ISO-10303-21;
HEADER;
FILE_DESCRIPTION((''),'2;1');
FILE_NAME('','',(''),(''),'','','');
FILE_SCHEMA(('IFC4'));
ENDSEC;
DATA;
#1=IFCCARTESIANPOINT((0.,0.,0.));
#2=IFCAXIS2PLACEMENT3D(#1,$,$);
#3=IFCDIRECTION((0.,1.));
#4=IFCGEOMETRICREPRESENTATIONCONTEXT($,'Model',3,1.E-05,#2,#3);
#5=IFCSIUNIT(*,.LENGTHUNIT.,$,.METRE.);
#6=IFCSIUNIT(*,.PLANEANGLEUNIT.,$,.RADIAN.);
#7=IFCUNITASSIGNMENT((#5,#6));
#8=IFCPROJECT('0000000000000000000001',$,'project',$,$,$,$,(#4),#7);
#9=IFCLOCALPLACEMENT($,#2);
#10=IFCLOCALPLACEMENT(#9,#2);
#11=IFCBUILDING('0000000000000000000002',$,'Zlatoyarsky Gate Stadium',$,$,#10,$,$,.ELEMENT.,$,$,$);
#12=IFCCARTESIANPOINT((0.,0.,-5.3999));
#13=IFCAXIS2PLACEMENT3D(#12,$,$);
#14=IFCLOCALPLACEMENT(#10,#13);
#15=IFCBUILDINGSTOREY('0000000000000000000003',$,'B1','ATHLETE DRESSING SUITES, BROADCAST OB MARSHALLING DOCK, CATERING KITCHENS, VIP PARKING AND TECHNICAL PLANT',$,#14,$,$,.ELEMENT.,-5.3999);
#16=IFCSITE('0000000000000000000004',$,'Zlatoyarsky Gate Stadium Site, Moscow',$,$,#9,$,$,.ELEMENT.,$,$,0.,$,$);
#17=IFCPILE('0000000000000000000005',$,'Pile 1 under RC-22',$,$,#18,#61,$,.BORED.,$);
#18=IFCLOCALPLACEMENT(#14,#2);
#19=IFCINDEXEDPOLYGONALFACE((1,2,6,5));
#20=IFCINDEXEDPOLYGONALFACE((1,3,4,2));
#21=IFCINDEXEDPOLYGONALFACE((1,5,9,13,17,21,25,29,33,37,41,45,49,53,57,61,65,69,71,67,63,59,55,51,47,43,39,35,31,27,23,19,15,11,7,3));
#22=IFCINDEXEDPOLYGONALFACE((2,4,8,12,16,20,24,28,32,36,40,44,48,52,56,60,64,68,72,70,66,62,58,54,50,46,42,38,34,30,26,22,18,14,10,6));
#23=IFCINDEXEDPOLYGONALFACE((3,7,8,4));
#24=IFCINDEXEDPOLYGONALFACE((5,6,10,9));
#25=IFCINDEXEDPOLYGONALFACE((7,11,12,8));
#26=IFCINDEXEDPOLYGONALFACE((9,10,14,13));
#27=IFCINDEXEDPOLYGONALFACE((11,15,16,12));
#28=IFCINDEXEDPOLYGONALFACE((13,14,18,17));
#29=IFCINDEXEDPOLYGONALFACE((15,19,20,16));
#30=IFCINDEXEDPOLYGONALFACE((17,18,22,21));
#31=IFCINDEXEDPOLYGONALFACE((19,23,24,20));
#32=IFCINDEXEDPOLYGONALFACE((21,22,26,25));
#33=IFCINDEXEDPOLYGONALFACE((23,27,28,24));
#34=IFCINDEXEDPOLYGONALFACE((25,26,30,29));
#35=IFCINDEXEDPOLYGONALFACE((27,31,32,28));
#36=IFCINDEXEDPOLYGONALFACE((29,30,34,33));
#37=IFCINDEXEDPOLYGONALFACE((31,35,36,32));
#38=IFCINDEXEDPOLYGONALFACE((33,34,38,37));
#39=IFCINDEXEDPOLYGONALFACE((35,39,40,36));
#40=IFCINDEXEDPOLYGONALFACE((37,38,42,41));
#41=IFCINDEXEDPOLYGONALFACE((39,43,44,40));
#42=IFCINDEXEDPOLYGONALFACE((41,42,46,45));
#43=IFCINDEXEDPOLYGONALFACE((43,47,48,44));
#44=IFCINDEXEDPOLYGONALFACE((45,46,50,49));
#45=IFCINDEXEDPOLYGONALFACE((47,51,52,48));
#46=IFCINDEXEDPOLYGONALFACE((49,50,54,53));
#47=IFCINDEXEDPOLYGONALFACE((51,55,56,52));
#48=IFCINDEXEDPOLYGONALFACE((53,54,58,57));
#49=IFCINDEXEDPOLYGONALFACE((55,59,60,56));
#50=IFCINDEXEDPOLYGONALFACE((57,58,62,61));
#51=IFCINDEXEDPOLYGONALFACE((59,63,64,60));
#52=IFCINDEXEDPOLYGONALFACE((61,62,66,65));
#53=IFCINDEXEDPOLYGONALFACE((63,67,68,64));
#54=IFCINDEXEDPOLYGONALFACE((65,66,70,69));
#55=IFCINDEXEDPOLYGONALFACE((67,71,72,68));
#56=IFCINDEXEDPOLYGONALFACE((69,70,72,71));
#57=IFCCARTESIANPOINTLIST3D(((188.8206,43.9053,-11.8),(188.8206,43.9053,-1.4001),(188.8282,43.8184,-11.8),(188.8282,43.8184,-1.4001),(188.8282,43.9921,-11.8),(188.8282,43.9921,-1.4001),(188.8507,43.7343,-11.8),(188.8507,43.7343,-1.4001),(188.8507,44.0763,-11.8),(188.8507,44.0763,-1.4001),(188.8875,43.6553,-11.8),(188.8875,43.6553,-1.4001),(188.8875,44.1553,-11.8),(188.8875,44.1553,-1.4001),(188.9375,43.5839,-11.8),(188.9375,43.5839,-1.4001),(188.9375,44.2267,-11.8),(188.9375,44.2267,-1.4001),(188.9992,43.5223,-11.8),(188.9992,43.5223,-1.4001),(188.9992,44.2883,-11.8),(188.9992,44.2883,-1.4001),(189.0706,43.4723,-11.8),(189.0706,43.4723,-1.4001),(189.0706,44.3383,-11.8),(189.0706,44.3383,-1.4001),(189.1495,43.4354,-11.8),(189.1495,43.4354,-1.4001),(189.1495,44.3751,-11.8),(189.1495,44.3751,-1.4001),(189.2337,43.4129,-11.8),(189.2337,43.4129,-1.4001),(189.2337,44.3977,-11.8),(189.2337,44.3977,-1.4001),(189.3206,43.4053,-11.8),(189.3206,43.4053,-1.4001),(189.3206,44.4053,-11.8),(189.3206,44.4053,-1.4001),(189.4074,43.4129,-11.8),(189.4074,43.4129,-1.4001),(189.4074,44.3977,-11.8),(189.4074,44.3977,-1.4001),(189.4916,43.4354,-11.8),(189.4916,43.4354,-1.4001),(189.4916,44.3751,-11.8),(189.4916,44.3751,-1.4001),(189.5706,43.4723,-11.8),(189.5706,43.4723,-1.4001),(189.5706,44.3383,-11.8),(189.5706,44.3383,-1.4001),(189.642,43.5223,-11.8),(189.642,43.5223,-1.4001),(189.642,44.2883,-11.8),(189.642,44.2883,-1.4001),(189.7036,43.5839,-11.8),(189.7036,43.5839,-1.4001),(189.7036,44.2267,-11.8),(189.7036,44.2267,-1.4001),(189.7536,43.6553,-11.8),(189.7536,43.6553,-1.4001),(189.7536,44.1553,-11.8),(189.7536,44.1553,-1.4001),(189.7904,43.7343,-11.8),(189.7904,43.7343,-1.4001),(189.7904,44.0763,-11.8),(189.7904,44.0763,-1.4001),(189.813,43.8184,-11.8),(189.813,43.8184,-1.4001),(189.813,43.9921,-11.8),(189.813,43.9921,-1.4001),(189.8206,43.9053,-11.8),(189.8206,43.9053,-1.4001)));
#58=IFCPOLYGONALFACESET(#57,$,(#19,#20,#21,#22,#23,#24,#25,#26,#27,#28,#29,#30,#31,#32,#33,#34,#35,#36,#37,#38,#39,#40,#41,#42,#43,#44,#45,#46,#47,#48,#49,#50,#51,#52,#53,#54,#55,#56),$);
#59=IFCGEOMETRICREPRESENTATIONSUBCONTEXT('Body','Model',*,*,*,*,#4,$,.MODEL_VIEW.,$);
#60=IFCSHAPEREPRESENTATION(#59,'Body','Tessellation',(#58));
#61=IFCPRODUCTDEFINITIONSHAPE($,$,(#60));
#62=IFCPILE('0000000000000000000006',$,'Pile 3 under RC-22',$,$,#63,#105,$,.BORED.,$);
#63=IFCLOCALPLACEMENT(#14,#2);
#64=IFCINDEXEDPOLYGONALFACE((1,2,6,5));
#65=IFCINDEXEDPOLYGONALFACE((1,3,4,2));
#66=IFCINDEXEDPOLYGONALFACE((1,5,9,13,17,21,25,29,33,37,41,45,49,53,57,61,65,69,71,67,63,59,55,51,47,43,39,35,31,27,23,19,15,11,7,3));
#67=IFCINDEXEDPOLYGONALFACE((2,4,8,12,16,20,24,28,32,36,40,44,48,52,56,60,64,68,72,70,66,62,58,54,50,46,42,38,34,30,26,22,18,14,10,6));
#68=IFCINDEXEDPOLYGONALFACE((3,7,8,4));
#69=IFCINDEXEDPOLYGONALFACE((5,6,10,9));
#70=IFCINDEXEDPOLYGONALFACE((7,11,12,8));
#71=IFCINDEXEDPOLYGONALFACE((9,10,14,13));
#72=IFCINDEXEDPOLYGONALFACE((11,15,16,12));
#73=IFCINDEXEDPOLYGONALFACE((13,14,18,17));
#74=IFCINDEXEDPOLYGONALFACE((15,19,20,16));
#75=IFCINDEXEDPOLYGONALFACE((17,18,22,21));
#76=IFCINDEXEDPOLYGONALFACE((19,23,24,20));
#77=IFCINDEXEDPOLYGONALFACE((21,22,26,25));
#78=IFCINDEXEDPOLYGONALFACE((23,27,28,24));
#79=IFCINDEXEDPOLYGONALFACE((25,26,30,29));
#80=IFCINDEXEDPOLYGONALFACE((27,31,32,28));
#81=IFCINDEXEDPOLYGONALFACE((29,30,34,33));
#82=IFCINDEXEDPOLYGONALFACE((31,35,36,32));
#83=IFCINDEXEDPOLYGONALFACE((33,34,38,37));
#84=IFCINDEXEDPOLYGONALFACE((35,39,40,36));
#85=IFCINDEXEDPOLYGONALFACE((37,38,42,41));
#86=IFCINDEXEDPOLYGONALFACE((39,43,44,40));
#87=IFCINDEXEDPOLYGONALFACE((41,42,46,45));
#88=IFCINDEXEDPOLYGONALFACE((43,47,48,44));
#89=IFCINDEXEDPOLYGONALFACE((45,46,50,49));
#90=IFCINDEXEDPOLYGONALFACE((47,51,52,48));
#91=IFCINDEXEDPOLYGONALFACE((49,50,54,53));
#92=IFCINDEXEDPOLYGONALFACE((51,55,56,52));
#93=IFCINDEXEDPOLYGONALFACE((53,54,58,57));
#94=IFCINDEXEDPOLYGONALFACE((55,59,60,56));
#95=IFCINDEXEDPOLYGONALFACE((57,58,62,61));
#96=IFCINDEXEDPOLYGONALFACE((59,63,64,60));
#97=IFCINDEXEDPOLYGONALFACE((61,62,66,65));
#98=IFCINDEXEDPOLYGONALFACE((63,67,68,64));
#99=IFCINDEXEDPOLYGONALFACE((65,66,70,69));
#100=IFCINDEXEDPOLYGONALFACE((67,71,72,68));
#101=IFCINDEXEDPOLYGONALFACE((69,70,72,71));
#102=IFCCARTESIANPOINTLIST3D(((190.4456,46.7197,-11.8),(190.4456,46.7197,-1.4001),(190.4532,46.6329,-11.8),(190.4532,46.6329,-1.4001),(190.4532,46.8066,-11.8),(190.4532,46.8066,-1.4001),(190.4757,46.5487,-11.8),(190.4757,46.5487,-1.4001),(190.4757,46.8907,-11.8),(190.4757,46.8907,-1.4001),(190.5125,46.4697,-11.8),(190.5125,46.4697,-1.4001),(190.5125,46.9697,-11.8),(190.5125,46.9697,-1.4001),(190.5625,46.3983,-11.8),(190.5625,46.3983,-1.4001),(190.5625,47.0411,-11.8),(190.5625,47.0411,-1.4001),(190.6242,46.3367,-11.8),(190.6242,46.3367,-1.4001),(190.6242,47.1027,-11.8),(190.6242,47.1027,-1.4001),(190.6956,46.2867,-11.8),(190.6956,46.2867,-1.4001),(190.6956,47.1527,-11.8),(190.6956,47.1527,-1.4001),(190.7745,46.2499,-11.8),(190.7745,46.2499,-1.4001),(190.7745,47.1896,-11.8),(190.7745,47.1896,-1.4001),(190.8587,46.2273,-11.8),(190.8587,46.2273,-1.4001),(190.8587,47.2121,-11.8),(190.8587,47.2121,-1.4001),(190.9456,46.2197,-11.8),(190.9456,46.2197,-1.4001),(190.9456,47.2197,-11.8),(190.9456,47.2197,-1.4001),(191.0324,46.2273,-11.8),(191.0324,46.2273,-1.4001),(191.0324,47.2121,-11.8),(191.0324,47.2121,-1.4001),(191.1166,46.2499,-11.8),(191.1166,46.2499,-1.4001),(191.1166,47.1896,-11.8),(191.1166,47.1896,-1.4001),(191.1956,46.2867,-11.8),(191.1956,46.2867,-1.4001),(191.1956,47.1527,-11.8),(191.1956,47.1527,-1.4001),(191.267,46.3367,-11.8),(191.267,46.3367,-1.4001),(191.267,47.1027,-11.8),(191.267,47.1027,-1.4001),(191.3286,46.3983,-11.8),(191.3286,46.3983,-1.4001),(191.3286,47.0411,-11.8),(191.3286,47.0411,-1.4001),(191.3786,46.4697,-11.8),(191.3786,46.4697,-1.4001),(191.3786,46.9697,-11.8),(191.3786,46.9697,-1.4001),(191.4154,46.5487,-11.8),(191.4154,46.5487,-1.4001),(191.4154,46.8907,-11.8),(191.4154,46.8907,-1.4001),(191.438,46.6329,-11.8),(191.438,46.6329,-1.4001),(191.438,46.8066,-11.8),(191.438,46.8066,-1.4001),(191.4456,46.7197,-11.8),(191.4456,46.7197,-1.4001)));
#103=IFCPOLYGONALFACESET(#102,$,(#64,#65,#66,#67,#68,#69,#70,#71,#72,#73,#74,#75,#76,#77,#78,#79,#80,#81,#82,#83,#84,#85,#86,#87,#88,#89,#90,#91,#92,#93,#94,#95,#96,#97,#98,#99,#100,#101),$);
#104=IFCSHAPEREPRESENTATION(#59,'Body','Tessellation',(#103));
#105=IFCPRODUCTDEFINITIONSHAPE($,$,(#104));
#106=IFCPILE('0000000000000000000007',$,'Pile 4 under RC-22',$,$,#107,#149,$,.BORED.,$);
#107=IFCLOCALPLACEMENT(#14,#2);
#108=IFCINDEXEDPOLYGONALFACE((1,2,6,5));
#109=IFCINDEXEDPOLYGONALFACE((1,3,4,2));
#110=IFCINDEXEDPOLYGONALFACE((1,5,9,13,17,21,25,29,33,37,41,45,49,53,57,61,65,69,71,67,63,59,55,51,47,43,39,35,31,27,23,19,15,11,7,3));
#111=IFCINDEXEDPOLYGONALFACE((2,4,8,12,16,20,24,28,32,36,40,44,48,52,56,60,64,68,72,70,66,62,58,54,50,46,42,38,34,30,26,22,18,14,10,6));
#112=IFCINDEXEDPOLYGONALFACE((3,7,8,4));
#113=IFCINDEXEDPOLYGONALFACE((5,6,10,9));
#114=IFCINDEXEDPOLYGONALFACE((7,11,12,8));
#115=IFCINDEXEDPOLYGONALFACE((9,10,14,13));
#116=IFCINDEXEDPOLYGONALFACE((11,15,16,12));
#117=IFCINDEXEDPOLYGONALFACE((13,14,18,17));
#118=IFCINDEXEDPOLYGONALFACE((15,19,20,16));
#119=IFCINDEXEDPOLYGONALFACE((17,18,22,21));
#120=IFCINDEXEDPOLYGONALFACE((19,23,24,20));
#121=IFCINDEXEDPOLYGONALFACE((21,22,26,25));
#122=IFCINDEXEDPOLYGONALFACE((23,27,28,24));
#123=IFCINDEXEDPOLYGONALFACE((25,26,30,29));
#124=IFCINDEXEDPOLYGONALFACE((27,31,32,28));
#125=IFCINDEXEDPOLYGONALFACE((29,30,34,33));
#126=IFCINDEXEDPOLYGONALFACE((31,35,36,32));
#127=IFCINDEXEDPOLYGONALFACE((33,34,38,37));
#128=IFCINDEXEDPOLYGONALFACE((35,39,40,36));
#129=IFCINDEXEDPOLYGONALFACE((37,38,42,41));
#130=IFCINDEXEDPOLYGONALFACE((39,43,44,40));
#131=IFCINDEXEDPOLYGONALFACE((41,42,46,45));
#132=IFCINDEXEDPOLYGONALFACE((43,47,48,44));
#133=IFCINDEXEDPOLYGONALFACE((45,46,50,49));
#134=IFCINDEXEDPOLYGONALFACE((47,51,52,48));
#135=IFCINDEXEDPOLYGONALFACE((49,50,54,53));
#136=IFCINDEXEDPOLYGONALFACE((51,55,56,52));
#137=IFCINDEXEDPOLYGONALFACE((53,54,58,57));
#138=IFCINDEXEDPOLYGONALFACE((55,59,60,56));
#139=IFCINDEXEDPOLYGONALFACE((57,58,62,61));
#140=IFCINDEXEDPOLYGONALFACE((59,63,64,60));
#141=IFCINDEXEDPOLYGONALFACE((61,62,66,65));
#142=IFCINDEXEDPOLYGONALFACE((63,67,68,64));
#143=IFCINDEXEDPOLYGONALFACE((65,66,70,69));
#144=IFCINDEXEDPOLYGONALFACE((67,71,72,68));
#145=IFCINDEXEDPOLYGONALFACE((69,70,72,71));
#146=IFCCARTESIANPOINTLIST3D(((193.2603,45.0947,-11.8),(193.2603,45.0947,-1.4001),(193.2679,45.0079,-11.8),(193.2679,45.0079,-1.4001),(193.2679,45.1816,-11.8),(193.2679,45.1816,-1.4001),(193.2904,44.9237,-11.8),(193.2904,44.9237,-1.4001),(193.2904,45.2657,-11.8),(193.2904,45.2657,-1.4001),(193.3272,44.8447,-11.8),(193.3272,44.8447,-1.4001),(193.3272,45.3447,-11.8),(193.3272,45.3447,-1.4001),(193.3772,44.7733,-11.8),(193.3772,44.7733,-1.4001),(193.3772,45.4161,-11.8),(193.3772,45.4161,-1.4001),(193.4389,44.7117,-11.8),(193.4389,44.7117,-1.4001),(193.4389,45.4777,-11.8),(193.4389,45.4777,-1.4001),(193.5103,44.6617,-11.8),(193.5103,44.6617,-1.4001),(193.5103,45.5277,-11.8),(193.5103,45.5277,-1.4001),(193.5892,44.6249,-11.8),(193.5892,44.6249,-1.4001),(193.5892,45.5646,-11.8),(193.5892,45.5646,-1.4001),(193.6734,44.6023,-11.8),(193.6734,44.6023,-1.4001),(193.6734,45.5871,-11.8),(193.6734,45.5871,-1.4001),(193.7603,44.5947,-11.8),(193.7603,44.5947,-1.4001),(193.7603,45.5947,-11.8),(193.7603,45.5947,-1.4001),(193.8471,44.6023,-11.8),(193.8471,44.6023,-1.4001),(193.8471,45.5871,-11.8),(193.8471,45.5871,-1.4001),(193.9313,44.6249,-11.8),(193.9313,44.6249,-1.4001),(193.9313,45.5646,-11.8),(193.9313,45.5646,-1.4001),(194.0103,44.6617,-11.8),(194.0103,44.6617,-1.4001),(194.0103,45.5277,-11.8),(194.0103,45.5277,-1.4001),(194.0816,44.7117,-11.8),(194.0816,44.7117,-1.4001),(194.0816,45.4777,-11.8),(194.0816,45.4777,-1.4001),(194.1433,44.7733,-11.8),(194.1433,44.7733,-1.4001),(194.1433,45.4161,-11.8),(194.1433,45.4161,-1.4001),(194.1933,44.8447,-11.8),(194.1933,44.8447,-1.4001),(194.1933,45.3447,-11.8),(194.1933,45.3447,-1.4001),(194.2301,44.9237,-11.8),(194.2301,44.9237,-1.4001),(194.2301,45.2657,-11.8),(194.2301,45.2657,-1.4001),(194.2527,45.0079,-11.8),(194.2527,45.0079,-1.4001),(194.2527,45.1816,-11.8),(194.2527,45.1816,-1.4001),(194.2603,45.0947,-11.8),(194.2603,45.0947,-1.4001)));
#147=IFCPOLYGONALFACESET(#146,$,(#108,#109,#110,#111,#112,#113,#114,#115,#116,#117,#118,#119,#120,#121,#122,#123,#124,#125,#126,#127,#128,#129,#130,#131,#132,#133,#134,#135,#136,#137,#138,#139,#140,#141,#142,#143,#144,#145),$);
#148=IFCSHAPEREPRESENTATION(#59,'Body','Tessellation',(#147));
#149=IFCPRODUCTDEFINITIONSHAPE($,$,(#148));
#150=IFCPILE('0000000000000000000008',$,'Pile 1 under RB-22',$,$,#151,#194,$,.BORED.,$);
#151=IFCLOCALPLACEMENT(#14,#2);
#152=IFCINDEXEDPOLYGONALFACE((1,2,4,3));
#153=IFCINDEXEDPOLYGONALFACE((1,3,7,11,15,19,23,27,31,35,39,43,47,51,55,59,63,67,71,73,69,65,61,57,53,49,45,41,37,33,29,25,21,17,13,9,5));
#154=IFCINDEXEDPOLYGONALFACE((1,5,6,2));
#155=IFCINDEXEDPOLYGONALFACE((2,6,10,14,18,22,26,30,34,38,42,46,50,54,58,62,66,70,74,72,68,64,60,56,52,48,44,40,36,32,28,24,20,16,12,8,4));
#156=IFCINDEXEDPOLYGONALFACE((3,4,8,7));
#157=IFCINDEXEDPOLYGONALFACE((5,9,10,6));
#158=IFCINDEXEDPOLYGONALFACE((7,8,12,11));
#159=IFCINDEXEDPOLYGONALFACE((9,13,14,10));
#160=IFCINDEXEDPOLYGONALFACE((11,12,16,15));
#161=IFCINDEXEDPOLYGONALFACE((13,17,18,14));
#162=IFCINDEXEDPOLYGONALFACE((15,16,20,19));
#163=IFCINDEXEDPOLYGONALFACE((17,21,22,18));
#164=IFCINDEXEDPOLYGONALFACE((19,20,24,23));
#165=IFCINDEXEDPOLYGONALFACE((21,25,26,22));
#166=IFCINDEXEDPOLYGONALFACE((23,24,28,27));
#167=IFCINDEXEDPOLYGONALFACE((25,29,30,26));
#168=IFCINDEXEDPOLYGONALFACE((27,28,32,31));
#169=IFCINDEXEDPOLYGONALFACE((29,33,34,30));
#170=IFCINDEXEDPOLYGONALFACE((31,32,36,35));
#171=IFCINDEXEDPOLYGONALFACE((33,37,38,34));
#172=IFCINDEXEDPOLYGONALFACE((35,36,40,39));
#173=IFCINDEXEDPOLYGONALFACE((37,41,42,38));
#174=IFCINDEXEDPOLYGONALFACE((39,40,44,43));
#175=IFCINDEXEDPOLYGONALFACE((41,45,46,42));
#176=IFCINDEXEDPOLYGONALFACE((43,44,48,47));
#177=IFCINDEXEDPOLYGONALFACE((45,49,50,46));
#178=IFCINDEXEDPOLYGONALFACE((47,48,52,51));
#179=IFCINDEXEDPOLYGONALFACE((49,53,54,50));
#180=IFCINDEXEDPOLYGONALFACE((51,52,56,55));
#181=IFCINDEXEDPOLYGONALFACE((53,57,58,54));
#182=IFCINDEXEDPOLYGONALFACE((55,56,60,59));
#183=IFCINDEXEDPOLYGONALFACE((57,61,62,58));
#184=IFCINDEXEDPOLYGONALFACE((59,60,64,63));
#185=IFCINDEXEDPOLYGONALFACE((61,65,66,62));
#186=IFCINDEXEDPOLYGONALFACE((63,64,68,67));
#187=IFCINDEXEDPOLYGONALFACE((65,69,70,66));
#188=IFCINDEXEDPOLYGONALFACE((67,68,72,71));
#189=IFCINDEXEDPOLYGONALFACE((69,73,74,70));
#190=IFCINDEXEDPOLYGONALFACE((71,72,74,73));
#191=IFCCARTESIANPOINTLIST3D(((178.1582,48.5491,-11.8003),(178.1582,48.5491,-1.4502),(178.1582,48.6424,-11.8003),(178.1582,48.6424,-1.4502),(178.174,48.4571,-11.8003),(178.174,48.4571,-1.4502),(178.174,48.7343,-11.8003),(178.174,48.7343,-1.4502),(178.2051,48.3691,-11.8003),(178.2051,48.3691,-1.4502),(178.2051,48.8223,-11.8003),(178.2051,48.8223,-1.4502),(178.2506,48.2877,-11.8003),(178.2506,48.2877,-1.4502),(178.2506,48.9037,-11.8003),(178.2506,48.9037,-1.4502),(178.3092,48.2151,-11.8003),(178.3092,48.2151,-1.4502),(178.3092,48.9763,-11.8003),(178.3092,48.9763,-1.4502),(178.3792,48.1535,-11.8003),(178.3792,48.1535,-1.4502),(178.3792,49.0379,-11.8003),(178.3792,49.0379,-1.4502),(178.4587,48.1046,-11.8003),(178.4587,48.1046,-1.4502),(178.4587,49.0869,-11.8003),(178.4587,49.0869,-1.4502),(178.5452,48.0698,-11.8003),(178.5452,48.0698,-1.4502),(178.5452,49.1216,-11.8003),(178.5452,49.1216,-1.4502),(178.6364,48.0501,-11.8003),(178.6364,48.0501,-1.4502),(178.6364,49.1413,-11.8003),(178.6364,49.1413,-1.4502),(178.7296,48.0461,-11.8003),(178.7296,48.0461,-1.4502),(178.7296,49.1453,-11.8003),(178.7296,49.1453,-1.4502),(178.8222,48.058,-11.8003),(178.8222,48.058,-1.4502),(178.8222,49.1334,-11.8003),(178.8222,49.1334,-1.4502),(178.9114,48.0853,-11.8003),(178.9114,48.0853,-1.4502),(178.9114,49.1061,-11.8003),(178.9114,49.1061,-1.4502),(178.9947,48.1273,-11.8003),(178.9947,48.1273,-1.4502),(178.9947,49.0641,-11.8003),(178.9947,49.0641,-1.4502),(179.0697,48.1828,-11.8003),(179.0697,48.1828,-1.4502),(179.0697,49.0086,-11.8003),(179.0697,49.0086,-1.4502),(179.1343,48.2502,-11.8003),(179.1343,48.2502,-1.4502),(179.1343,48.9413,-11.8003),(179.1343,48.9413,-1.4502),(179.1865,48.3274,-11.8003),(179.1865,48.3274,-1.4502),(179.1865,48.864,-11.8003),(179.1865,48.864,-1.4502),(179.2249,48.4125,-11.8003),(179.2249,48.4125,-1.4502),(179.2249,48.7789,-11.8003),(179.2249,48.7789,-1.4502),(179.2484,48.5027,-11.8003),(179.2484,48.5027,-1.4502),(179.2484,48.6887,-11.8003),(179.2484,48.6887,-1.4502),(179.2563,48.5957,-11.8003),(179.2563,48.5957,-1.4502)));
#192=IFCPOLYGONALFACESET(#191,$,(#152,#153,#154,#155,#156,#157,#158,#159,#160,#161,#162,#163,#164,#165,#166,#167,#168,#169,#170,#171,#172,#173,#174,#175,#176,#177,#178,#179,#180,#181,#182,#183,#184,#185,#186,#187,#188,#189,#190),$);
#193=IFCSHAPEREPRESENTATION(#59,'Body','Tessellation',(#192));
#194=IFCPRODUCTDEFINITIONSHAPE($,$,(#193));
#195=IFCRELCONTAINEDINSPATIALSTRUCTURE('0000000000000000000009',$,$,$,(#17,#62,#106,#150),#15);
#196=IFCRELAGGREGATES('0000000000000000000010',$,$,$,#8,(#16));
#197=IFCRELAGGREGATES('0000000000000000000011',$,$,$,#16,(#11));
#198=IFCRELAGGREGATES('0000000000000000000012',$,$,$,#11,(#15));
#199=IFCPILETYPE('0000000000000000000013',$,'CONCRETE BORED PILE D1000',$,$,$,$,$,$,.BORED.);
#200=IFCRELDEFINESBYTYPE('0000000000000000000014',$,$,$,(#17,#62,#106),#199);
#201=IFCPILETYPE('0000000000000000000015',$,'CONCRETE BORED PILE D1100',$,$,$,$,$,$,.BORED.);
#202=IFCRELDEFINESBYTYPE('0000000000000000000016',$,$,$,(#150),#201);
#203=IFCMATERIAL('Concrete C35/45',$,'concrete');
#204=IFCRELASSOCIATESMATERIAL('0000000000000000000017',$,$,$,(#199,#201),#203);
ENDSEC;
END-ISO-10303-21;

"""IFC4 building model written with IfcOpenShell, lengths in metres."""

from ifc_helpers import new_model, si_unit, direction, frame, origin, origin_2d, place, context, subcontext, project, spatial, circle, extrude, material, material_profile, profile_set, type_object, element, save


model = new_model("IFC4")

# Units and contexts
model_context = context("Model", 3, precision=1e-05, world=origin(), true_north=direction((0.0, 1.0)))
body_context = subcontext(model_context, "Body", "Model", "MODEL_VIEW")
ifc_project = project(units=[si_unit("LENGTHUNIT", "METRE"), si_unit("PLANEANGLEUNIT", "RADIAN")], contexts=[model_context])

# Site, building, storey
site_placement = place(None, origin())
site = spatial("IfcSite", under=ifc_project, at=site_placement, Name="Zlatoyarsky Gate Stadium Site, Moscow", CompositionType="ELEMENT", RefElevation=0.0)
building_placement = place(site_placement, origin())
building = spatial("IfcBuilding", under=site, at=building_placement, Name="Zlatoyarsky Gate Stadium", CompositionType="ELEMENT")
storey_placement = place(building_placement, frame((0.0, 0.0, -5.3999)))
storey = spatial("IfcBuildingStorey", under=building, at=storey_placement, Name="B1", Description="ATHLETE DRESSING SUITES, BROADCAST OB MARSHALLING DOCK, CATERING KITCHENS, VIP PARKING AND TECHNICAL PLANT", CompositionType="ELEMENT", Elevation=-5.3999)

# Piles
ifc_material_1 = material(Name="Concrete C35/45", Category="concrete")
ifc_material_profile_1 = material_profile(ifc_material_1, circle(Radius=0.5, at=origin_2d()), Name="BORED PILE D1000")
ifc_profile_set_1 = profile_set([ifc_material_profile_1], Name="Concrete C35/45")
pile_type_1 = type_object("IfcPileType", Name="CONCRETE BORED PILE D1000", PredefinedType="BORED", material=ifc_profile_set_1)
for number, where, z_axis, x_axis, name in (
    (1, (189.3206, 43.9053, -1.4001), (0.0, 0.0, -1.0), (1.0, 0.0, 0.0), "Pile 1 under RC-22"),
    (2, (190.9456, 46.7197, -1.4001), (0.0, 0.0, -1.0), (1.0, 0.0, 0.0), "Pile 3 under RC-22"),
    (3, (193.7603, 45.0947, -1.4001), (0.0, 0.0, -1.0), (1.0, 0.0, 0.0), "Pile 4 under RC-22"),
):
    element("IfcPile", number, at=place(storey_placement, frame(where, z_axis=z_axis, x_axis=x_axis)), inside=storey, type_object=pile_type_1, Name=name, PredefinedType="BORED", context=body_context, shape_type="SweptSolid", body=[
        extrude(circle(Radius=0.5, at=origin_2d()), origin(), (0.0, 0.0, 1.0), 10.3999),
    ])
ifc_material_profile_2 = material_profile(ifc_material_1, circle(Radius=0.55, at=origin_2d()), Name="BORED PILE D1100")
ifc_profile_set_2 = profile_set([ifc_material_profile_2], Name="Concrete C35/45")
pile_type_2 = type_object("IfcPileType", Name="CONCRETE BORED PILE D1100", PredefinedType="BORED", material=ifc_profile_set_2)
for number, where, z_axis, x_axis, name in (
    (4, (178.7063, 48.5957, -1.4502), (0.0, 0.0, -1.0), (1.0, 0.0, 0.0), "Pile 1 under RB-22"),
):
    element("IfcPile", number, at=place(storey_placement, frame(where, z_axis=z_axis, x_axis=x_axis)), inside=storey, type_object=pile_type_2, Name=name, PredefinedType="BORED", context=body_context, shape_type="SweptSolid", body=[
        extrude(circle(Radius=0.55, at=origin_2d()), origin(), (0.0, 0.0, 1.0), 10.3501),
    ])

save(model, "model.ifc")
